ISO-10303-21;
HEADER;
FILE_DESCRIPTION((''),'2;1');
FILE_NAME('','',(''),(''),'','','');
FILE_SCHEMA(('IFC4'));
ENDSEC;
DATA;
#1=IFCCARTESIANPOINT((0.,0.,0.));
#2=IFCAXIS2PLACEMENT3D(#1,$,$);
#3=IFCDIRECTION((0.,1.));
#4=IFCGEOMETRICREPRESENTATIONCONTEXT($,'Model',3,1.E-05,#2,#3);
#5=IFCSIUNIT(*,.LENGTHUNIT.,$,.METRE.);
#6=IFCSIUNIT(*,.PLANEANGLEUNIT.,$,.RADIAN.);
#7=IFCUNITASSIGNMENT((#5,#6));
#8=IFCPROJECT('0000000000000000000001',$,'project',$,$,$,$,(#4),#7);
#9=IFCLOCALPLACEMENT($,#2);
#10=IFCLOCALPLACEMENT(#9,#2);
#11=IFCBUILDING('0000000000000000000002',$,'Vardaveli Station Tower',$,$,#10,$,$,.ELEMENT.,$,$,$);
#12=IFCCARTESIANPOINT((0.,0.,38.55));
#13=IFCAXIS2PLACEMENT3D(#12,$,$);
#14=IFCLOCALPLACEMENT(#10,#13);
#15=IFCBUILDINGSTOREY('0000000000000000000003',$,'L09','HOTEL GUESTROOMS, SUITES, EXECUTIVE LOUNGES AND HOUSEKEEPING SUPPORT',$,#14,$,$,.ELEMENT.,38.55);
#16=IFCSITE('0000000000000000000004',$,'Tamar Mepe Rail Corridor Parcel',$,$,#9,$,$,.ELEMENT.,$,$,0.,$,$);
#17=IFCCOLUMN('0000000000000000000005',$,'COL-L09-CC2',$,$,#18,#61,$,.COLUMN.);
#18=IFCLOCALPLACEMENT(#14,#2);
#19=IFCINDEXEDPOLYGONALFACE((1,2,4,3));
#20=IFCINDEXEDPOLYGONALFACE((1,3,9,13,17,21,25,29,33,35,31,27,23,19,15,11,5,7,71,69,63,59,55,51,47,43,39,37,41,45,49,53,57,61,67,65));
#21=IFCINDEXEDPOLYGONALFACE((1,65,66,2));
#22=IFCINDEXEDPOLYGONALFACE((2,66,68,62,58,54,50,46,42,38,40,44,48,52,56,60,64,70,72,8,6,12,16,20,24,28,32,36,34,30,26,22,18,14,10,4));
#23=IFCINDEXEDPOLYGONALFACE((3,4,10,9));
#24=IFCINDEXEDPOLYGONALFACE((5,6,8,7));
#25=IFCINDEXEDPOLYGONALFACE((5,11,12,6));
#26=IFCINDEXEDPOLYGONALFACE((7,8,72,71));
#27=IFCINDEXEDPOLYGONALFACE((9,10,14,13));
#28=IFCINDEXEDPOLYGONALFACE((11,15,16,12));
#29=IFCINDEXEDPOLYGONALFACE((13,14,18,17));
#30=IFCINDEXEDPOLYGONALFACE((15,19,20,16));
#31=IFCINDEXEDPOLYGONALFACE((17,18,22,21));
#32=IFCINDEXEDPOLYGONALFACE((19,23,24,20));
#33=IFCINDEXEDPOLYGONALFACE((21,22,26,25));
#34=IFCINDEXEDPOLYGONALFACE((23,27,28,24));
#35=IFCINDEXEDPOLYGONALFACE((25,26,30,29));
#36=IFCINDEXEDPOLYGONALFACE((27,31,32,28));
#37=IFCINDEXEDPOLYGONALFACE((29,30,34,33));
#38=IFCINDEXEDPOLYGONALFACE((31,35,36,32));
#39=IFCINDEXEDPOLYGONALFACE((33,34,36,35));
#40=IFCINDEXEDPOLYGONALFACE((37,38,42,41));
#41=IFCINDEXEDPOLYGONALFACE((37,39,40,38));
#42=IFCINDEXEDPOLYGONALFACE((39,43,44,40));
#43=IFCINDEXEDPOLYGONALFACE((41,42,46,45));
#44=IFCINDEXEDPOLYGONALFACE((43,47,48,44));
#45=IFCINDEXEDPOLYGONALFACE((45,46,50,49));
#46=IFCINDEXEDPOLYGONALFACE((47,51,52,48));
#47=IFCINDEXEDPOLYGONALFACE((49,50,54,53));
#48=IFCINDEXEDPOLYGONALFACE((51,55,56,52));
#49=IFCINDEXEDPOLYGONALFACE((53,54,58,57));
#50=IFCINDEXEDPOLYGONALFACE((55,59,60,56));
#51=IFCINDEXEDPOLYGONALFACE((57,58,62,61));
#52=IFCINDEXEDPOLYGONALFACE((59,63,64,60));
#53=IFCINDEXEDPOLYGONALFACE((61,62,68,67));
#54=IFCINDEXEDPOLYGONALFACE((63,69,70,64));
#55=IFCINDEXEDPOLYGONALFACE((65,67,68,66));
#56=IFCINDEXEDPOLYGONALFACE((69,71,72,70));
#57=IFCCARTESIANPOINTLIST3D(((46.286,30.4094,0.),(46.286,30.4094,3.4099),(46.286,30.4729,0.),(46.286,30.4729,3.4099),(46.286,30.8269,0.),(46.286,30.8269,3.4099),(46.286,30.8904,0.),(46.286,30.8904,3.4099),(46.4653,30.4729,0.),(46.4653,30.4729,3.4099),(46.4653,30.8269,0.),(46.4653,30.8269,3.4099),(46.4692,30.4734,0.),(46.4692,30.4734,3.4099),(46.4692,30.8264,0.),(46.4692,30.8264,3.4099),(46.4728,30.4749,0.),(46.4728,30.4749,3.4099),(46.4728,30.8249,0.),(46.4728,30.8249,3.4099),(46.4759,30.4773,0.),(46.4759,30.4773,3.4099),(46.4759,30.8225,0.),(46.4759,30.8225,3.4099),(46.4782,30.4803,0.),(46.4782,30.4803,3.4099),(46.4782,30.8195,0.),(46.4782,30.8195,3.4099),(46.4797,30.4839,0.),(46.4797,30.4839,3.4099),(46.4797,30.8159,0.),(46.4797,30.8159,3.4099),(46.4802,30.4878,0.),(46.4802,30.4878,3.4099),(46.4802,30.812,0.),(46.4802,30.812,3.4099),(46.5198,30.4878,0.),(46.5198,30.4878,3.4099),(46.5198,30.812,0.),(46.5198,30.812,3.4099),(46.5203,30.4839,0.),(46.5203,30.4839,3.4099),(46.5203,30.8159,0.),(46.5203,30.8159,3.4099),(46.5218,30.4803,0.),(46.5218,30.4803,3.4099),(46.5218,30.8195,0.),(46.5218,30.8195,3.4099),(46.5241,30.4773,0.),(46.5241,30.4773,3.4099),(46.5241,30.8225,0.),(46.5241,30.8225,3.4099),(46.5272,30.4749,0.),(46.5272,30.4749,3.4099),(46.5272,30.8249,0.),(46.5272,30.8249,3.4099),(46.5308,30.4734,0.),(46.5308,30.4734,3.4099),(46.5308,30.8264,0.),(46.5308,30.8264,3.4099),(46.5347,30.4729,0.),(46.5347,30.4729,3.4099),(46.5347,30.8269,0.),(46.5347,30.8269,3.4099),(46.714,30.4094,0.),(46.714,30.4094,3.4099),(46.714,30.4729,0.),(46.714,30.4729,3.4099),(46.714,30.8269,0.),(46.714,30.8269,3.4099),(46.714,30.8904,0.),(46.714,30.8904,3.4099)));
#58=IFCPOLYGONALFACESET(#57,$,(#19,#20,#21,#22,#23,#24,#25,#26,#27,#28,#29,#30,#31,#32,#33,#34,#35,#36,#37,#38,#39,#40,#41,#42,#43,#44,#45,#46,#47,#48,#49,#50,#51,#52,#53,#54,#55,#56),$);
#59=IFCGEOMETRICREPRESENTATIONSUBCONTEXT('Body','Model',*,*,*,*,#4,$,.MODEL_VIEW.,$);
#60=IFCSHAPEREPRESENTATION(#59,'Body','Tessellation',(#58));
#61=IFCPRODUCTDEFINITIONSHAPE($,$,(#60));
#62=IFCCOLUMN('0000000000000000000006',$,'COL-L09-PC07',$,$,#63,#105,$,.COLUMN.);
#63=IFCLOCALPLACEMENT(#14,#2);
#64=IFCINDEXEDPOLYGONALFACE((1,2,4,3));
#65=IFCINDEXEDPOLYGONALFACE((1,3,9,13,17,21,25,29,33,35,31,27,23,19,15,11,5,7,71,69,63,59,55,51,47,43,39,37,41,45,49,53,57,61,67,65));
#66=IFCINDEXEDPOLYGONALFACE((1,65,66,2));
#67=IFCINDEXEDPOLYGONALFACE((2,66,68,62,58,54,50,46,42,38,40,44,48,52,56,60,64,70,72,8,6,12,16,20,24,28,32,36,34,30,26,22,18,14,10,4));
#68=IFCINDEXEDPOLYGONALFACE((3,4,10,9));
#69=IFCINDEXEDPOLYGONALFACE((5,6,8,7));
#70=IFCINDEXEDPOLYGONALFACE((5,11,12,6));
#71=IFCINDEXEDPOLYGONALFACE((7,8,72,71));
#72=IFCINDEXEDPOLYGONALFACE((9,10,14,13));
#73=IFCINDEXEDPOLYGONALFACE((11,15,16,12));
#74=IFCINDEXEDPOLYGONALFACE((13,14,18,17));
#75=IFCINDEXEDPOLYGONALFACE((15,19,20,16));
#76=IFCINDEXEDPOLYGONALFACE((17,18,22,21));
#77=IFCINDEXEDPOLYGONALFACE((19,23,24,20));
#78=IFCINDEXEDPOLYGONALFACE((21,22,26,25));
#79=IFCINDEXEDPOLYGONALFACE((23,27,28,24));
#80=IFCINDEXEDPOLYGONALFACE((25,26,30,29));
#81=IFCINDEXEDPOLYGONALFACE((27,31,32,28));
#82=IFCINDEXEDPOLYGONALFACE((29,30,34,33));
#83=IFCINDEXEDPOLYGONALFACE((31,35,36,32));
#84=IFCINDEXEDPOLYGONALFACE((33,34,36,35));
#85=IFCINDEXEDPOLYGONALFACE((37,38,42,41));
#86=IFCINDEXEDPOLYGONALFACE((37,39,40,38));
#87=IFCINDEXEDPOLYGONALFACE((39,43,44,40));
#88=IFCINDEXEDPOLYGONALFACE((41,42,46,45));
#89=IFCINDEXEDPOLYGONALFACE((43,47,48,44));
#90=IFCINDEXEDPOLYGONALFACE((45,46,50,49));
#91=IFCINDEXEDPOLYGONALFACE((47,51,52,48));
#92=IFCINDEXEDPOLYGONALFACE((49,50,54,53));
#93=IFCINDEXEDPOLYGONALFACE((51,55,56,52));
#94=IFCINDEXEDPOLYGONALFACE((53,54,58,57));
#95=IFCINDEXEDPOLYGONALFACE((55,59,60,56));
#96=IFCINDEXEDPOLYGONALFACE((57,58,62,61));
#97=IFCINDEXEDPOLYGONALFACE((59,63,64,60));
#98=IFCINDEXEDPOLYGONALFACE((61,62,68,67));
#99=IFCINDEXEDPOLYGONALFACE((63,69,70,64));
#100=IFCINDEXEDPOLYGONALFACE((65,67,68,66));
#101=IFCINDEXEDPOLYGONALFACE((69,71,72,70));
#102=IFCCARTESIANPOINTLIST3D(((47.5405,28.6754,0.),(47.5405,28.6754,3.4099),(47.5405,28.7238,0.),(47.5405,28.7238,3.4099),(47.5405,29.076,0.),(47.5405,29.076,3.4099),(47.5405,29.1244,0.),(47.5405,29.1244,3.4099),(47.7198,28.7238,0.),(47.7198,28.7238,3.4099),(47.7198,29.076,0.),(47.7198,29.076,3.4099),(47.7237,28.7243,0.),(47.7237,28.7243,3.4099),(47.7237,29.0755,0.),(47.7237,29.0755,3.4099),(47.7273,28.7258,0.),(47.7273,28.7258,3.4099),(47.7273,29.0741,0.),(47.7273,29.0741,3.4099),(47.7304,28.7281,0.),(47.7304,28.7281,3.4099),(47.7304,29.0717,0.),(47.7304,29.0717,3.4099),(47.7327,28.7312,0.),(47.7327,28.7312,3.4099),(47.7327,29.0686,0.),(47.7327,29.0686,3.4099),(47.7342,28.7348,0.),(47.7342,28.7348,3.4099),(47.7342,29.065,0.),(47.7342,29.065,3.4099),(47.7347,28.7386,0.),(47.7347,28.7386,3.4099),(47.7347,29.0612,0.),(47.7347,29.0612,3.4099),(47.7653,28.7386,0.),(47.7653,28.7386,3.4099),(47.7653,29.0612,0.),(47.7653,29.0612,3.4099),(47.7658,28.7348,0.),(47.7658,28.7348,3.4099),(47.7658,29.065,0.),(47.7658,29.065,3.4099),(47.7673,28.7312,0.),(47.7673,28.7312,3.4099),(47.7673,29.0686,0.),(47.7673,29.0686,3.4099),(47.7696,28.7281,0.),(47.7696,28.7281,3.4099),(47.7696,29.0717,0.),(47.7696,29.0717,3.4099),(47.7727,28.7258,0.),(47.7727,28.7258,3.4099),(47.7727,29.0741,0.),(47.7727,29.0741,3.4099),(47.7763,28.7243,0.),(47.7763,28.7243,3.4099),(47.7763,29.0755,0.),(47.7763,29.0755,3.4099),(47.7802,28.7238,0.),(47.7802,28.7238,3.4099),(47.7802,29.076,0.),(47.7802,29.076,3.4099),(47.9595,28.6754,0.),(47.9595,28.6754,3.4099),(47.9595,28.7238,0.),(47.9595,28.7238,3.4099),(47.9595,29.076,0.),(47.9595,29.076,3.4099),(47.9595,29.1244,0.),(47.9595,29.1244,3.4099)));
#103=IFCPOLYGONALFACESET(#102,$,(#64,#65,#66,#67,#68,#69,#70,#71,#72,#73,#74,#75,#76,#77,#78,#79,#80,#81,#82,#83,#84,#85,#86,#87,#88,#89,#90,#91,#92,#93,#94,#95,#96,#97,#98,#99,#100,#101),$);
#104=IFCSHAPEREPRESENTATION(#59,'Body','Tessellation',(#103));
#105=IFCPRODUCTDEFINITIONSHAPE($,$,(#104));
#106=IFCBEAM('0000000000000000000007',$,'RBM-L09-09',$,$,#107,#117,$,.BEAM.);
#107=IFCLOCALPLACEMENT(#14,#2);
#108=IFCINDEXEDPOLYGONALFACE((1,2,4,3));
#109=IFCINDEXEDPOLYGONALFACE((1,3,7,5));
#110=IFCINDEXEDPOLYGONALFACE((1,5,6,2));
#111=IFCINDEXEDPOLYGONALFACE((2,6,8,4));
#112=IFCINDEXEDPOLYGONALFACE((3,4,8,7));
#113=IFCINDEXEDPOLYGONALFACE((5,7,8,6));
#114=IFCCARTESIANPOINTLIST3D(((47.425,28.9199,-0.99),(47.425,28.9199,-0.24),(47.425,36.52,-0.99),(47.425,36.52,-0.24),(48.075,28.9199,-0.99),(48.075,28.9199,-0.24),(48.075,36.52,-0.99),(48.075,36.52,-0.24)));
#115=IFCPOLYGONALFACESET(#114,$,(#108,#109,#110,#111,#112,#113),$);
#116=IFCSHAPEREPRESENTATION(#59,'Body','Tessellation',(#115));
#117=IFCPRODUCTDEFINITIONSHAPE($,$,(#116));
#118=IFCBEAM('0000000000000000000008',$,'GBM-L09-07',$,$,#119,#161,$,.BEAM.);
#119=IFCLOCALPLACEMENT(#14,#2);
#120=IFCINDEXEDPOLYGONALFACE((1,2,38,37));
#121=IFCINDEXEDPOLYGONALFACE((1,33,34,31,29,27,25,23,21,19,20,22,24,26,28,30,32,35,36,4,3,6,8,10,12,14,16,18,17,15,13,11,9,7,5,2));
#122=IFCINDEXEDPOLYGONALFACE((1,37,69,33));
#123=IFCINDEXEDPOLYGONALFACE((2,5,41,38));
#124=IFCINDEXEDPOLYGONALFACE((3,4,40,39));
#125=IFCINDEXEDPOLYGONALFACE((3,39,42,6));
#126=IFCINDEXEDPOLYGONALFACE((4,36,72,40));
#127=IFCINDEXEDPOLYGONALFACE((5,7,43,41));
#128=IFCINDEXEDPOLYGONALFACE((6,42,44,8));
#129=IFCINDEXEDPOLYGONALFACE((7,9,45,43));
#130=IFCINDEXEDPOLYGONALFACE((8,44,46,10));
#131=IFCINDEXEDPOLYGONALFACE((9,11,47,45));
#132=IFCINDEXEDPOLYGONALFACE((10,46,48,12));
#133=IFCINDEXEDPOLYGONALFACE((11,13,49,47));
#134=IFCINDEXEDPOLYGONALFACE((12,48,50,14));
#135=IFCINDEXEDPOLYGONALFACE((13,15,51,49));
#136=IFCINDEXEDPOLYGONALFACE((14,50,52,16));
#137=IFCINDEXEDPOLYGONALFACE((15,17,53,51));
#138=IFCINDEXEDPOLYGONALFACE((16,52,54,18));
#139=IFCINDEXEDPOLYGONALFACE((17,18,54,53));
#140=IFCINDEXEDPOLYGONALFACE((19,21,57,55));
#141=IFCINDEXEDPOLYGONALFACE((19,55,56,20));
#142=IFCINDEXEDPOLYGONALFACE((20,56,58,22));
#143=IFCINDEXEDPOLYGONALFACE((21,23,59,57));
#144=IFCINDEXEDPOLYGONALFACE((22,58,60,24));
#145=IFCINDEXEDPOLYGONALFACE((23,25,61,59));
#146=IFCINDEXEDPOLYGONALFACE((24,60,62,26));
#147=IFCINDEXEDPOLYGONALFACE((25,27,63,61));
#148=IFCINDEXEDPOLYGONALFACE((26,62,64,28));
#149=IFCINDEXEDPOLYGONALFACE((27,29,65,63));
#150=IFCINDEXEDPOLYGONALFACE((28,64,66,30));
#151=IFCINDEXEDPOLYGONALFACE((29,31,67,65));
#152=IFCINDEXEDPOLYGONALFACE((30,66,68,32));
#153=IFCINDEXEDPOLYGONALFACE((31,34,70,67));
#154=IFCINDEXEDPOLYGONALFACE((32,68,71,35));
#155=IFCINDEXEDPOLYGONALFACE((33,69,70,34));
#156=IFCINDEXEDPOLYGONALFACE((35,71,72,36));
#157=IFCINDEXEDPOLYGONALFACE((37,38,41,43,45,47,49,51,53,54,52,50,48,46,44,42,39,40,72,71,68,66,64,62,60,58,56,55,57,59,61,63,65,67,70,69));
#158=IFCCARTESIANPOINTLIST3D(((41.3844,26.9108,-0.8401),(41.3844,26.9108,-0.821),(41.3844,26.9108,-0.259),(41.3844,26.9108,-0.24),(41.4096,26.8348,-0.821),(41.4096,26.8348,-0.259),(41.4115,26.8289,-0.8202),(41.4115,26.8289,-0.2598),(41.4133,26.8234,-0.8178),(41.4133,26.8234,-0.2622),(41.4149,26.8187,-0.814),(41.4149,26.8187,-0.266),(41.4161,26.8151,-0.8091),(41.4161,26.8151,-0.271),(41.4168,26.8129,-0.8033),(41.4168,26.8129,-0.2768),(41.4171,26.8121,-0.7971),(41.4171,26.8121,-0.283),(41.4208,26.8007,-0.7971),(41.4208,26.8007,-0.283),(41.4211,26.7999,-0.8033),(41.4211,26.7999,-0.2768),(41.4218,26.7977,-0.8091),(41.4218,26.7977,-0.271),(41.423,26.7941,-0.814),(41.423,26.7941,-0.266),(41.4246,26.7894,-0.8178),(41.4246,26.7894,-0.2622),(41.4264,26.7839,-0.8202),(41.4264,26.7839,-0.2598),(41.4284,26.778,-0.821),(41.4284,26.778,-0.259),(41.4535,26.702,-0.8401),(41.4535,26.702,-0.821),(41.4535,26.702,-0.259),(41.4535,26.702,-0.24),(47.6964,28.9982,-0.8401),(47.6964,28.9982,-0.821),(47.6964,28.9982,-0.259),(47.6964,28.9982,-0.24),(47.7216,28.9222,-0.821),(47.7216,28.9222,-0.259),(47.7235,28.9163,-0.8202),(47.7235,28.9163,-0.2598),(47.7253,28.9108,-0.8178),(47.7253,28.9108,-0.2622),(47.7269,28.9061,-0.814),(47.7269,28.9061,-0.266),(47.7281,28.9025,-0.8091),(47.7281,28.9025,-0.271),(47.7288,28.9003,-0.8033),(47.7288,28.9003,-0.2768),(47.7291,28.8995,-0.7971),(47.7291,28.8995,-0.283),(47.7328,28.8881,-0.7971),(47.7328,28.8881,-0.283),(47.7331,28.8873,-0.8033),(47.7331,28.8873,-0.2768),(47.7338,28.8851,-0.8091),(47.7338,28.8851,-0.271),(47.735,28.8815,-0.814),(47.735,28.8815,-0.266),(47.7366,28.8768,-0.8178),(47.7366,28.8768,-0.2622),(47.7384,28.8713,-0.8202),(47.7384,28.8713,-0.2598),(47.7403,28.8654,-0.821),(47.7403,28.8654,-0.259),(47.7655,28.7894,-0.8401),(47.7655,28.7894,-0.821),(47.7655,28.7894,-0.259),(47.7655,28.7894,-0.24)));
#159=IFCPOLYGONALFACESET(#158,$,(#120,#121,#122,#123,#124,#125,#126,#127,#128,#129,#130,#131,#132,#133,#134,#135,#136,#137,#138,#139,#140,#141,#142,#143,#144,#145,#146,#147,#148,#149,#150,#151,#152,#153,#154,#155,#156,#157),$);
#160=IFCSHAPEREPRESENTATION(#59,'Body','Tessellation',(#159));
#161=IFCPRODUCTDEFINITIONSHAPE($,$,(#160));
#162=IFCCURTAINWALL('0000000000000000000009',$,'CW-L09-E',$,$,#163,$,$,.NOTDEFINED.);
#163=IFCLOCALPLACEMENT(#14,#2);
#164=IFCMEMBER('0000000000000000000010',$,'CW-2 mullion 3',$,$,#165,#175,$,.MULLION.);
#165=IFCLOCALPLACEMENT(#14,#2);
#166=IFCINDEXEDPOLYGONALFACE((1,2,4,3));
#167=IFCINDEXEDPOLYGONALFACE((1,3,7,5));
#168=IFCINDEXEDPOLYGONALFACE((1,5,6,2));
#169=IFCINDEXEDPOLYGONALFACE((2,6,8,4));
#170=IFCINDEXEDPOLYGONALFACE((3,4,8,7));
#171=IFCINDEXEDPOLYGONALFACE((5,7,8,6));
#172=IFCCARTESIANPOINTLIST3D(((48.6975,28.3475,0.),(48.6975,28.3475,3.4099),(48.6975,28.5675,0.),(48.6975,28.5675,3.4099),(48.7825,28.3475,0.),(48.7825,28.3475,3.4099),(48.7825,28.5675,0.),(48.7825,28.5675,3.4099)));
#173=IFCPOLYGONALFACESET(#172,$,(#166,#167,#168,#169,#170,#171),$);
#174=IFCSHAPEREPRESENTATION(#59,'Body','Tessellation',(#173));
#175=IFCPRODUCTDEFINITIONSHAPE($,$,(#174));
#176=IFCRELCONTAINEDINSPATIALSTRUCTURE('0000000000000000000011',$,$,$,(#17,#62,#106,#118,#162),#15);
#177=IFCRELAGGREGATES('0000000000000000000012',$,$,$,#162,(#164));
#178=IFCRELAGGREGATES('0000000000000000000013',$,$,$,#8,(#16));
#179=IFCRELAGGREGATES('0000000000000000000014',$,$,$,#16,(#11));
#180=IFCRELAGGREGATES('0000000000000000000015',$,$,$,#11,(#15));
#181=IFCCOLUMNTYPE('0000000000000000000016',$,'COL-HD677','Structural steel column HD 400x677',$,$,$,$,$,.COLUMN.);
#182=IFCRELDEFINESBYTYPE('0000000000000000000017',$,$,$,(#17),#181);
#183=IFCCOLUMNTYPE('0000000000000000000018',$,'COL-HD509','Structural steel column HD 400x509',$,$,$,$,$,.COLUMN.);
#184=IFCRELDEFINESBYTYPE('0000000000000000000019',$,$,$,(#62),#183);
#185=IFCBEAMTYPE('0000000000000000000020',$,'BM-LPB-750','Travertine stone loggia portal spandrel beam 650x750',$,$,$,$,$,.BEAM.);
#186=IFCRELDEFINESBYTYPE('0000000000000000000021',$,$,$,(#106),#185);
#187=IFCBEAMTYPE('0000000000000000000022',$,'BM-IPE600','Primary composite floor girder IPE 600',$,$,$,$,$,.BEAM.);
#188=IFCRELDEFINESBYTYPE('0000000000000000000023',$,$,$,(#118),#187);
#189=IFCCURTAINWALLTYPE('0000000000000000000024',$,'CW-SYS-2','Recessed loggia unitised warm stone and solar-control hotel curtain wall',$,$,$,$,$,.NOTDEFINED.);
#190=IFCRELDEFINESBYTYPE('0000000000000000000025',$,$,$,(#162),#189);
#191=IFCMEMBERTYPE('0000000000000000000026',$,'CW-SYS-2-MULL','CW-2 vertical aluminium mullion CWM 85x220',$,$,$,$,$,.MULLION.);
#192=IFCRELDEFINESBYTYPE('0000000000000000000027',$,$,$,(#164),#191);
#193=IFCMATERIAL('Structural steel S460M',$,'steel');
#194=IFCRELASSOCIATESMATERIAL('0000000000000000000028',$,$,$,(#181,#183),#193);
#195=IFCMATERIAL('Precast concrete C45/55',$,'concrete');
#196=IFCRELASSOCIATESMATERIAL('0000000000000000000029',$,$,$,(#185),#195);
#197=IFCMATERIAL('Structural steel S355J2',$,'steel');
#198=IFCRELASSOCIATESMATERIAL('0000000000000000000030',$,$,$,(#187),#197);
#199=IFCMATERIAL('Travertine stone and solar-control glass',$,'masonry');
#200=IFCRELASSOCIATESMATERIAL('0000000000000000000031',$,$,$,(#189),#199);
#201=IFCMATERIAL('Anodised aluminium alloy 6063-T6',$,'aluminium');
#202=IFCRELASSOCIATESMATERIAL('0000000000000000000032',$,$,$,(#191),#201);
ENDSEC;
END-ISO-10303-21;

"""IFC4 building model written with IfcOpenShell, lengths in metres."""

from ifc_helpers import new_model, si_unit, direction, frame, origin, origin_2d, place, context, subcontext, project, spatial, rectangle, i_section, extrude, source, transform, mapped, material, material_profile, profile_set, type_object, element, aggregate, save


model = new_model("IFC4")

# Units and contexts
model_context = context("Model", 3, precision=1e-05, world=origin(), true_north=direction((0.0, 1.0)))
body_context = subcontext(model_context, "Body", "Model", "MODEL_VIEW")
ifc_project = project(units=[si_unit("LENGTHUNIT", "METRE"), si_unit("PLANEANGLEUNIT", "RADIAN")], contexts=[model_context])

# Site, building, storey
site_placement = place(None, origin())
site = spatial("IfcSite", under=ifc_project, at=site_placement, Name="Tamar Mepe Rail Corridor Parcel", CompositionType="ELEMENT", RefElevation=0.0)
building_placement = place(site_placement, origin())
building = spatial("IfcBuilding", under=site, at=building_placement, Name="Vardaveli Station Tower", CompositionType="ELEMENT")
storey_placement = place(building_placement, frame((0.0, 0.0, 38.55)))
storey = spatial("IfcBuildingStorey", under=building, at=storey_placement, Name="L09", Description="HOTEL GUESTROOMS, SUITES, EXECUTIVE LOUNGES AND HOUSEKEEPING SUPPORT", CompositionType="ELEMENT", Elevation=38.55)

# Columns
ifc_material_1 = material(Name="Structural steel S460M", Category="steel")
ifc_material_profile_1 = material_profile(ifc_material_1, i_section(OverallWidth=0.428, OverallDepth=0.481, WebThickness=0.0396, FlangeThickness=0.0635, FilletRadius=0.0149, at=origin_2d()), Name="HD 400x677")
ifc_profile_set_1 = profile_set([ifc_material_profile_1], Name="Structural steel S460M")
column_type_1 = type_object("IfcColumnType", Name="COL-HD677", Description="Structural steel column HD 400x677", PredefinedType="COLUMN", material=ifc_profile_set_1)
shared_shape_1 = source(origin(), body_context, "Body", "SweptSolid", [
    extrude(i_section(OverallWidth=0.428, OverallDepth=0.481, WebThickness=0.0396, FlangeThickness=0.0635, FilletRadius=0.0149, at=origin_2d()), origin(), (0.0, 0.0, 1.0), 3.4099),
])
column_1_placement = place(storey_placement, frame((46.5, 30.6499, 0.0), z_axis=(0.0, 0.0, 1.0), x_axis=(1.0, 0.0, 0.0)))
element("IfcColumn", 1, at=column_1_placement, inside=storey, type_object=column_type_1, Name="COL-L09-CC2", PredefinedType="COLUMN", context=body_context, shape_type="MappedRepresentation", body=[
    mapped(shared_shape_1, transform((0.0, 0.0, 0.0), scale=1.0)),
])
ifc_material_profile_2 = material_profile(ifc_material_1, i_section(OverallWidth=0.4189, OverallDepth=0.449, WebThickness=0.0305, FlangeThickness=0.0483, FilletRadius=0.0149, at=origin_2d()), Name="HD 400x509")
ifc_profile_set_2 = profile_set([ifc_material_profile_2], Name="Structural steel S460M")
column_type_2 = type_object("IfcColumnType", Name="COL-HD509", Description="Structural steel column HD 400x509", PredefinedType="COLUMN", material=ifc_profile_set_2)
shared_shape_2 = source(origin(), body_context, "Body", "SweptSolid", [
    extrude(i_section(OverallWidth=0.4189, OverallDepth=0.449, WebThickness=0.0305, FlangeThickness=0.0483, FilletRadius=0.0149, at=origin_2d()), origin(), (0.0, 0.0, 1.0), 3.4099),
])
column_2_placement = place(storey_placement, frame((47.75, 28.8999, 0.0), z_axis=(0.0, 0.0, 1.0), x_axis=(1.0, 0.0, 0.0)))
element("IfcColumn", 2, at=column_2_placement, inside=storey, type_object=column_type_2, Name="COL-L09-PC07", PredefinedType="COLUMN", context=body_context, shape_type="MappedRepresentation", body=[
    mapped(shared_shape_2, transform((0.0, 0.0, 0.0), scale=1.0)),
])

# Beams
ifc_material_2 = material(Name="Precast concrete C45/55", Category="concrete")
ifc_material_profile_3 = material_profile(ifc_material_2, rectangle(XDim=0.6499, YDim=0.75, at=origin_2d()), Name="LPB 650x750")
ifc_profile_set_3 = profile_set([ifc_material_profile_3], Name="Precast concrete C45/55")
beam_type_1 = type_object("IfcBeamType", Name="BM-LPB-750", Description="Travertine stone loggia portal spandrel beam 650x750", PredefinedType="BEAM", material=ifc_profile_set_3)
shared_shape_3 = source(origin(), body_context, "Body", "SweptSolid", [
    extrude(rectangle(XDim=0.6499, YDim=0.75, at=origin_2d()), origin(), (0.0, 0.0, 1.0), 7.6001),
])
beam_1_placement = place(storey_placement, frame((47.75, 28.9199, -0.615), z_axis=(0.0, 1.0, 0.0), x_axis=(-1.0, 0.0, 0.0)))
element("IfcBeam", 3, at=beam_1_placement, inside=storey, type_object=beam_type_1, Name="RBM-L09-09", PredefinedType="BEAM", context=body_context, shape_type="MappedRepresentation", body=[
    mapped(shared_shape_3, transform((0.0, 0.0, 0.0), scale=1.0)),
])
ifc_material_3 = material(Name="Structural steel S355J2", Category="steel")
ifc_material_profile_4 = material_profile(ifc_material_3, i_section(OverallWidth=0.22, OverallDepth=0.6001, WebThickness=0.012, FlangeThickness=0.019, FilletRadius=0.0239, at=origin_2d()), Name="IPE 600")
ifc_profile_set_4 = profile_set([ifc_material_profile_4], Name="Structural steel S355J2")
beam_type_2 = type_object("IfcBeamType", Name="BM-IPE600", Description="Primary composite floor girder IPE 600", PredefinedType="BEAM", material=ifc_profile_set_4)
shared_shape_4 = source(origin(), body_context, "Body", "SweptSolid", [
    extrude(i_section(OverallWidth=0.22, OverallDepth=0.6001, WebThickness=0.012, FlangeThickness=0.019, FilletRadius=0.0239, at=origin_2d()), origin(), (0.0, 0.0, 1.0), 6.6482),
])
beam_2_placement = place(storey_placement, frame((47.731, 28.8938, -0.54), z_axis=(-0.94943, -0.313979, 0.0), x_axis=(0.313979, -0.94943, 0.0)))
element("IfcBeam", 4, at=beam_2_placement, inside=storey, type_object=beam_type_2, Name="GBM-L09-07", PredefinedType="BEAM", context=body_context, shape_type="MappedRepresentation", body=[
    mapped(shared_shape_4, transform((0.0, 0.0, 0.0), scale=1.0)),
])

# Curtain wall, member
ifc_material_4 = material(Name="Travertine stone and solar-control glass", Category="masonry")
curtain_wall_type = type_object("IfcCurtainWallType", Name="CW-SYS-2", Description="Recessed loggia unitised warm stone and solar-control hotel curtain wall", PredefinedType="NOTDEFINED", material=ifc_material_4)
curtain_wall_placement = place(storey_placement, origin())
curtain_wall = element("IfcCurtainWall", 5, at=curtain_wall_placement, inside=storey, type_object=curtain_wall_type, Name="CW-L09-E", PredefinedType="NOTDEFINED")
ifc_material_5 = material(Name="Anodised aluminium alloy 6063-T6", Category="aluminium")
ifc_material_profile_5 = material_profile(ifc_material_5, rectangle(XDim=0.085, YDim=0.22, at=origin_2d()), Name="CWM 85x220")
ifc_profile_set_5 = profile_set([ifc_material_profile_5], Name="Anodised aluminium alloy 6063-T6")
member_type = type_object("IfcMemberType", Name="CW-SYS-2-MULL", Description="CW-2 vertical aluminium mullion CWM 85x220", PredefinedType="MULLION", material=ifc_profile_set_5)
shared_shape_5 = source(origin(), body_context, "Body", "SweptSolid", [
    extrude(rectangle(XDim=0.085, YDim=0.22, at=origin_2d()), origin(), (0.0, 0.0, 1.0), 3.4099),
])
member_placement = place(storey_placement, frame((48.74, 28.4575, 0.0), z_axis=(0.0, 0.0, 1.0), x_axis=(-1.0, 0.0, 0.0)))
member = element("IfcMember", 6, at=member_placement, type_object=member_type, Name="CW-2 mullion 3", PredefinedType="MULLION", context=body_context, shape_type="MappedRepresentation", body=[
    mapped(shared_shape_5, transform((0.0, 0.0, 0.0), scale=1.0)),
])
aggregate(curtain_wall, [member])

save(model, "model.ifc")
